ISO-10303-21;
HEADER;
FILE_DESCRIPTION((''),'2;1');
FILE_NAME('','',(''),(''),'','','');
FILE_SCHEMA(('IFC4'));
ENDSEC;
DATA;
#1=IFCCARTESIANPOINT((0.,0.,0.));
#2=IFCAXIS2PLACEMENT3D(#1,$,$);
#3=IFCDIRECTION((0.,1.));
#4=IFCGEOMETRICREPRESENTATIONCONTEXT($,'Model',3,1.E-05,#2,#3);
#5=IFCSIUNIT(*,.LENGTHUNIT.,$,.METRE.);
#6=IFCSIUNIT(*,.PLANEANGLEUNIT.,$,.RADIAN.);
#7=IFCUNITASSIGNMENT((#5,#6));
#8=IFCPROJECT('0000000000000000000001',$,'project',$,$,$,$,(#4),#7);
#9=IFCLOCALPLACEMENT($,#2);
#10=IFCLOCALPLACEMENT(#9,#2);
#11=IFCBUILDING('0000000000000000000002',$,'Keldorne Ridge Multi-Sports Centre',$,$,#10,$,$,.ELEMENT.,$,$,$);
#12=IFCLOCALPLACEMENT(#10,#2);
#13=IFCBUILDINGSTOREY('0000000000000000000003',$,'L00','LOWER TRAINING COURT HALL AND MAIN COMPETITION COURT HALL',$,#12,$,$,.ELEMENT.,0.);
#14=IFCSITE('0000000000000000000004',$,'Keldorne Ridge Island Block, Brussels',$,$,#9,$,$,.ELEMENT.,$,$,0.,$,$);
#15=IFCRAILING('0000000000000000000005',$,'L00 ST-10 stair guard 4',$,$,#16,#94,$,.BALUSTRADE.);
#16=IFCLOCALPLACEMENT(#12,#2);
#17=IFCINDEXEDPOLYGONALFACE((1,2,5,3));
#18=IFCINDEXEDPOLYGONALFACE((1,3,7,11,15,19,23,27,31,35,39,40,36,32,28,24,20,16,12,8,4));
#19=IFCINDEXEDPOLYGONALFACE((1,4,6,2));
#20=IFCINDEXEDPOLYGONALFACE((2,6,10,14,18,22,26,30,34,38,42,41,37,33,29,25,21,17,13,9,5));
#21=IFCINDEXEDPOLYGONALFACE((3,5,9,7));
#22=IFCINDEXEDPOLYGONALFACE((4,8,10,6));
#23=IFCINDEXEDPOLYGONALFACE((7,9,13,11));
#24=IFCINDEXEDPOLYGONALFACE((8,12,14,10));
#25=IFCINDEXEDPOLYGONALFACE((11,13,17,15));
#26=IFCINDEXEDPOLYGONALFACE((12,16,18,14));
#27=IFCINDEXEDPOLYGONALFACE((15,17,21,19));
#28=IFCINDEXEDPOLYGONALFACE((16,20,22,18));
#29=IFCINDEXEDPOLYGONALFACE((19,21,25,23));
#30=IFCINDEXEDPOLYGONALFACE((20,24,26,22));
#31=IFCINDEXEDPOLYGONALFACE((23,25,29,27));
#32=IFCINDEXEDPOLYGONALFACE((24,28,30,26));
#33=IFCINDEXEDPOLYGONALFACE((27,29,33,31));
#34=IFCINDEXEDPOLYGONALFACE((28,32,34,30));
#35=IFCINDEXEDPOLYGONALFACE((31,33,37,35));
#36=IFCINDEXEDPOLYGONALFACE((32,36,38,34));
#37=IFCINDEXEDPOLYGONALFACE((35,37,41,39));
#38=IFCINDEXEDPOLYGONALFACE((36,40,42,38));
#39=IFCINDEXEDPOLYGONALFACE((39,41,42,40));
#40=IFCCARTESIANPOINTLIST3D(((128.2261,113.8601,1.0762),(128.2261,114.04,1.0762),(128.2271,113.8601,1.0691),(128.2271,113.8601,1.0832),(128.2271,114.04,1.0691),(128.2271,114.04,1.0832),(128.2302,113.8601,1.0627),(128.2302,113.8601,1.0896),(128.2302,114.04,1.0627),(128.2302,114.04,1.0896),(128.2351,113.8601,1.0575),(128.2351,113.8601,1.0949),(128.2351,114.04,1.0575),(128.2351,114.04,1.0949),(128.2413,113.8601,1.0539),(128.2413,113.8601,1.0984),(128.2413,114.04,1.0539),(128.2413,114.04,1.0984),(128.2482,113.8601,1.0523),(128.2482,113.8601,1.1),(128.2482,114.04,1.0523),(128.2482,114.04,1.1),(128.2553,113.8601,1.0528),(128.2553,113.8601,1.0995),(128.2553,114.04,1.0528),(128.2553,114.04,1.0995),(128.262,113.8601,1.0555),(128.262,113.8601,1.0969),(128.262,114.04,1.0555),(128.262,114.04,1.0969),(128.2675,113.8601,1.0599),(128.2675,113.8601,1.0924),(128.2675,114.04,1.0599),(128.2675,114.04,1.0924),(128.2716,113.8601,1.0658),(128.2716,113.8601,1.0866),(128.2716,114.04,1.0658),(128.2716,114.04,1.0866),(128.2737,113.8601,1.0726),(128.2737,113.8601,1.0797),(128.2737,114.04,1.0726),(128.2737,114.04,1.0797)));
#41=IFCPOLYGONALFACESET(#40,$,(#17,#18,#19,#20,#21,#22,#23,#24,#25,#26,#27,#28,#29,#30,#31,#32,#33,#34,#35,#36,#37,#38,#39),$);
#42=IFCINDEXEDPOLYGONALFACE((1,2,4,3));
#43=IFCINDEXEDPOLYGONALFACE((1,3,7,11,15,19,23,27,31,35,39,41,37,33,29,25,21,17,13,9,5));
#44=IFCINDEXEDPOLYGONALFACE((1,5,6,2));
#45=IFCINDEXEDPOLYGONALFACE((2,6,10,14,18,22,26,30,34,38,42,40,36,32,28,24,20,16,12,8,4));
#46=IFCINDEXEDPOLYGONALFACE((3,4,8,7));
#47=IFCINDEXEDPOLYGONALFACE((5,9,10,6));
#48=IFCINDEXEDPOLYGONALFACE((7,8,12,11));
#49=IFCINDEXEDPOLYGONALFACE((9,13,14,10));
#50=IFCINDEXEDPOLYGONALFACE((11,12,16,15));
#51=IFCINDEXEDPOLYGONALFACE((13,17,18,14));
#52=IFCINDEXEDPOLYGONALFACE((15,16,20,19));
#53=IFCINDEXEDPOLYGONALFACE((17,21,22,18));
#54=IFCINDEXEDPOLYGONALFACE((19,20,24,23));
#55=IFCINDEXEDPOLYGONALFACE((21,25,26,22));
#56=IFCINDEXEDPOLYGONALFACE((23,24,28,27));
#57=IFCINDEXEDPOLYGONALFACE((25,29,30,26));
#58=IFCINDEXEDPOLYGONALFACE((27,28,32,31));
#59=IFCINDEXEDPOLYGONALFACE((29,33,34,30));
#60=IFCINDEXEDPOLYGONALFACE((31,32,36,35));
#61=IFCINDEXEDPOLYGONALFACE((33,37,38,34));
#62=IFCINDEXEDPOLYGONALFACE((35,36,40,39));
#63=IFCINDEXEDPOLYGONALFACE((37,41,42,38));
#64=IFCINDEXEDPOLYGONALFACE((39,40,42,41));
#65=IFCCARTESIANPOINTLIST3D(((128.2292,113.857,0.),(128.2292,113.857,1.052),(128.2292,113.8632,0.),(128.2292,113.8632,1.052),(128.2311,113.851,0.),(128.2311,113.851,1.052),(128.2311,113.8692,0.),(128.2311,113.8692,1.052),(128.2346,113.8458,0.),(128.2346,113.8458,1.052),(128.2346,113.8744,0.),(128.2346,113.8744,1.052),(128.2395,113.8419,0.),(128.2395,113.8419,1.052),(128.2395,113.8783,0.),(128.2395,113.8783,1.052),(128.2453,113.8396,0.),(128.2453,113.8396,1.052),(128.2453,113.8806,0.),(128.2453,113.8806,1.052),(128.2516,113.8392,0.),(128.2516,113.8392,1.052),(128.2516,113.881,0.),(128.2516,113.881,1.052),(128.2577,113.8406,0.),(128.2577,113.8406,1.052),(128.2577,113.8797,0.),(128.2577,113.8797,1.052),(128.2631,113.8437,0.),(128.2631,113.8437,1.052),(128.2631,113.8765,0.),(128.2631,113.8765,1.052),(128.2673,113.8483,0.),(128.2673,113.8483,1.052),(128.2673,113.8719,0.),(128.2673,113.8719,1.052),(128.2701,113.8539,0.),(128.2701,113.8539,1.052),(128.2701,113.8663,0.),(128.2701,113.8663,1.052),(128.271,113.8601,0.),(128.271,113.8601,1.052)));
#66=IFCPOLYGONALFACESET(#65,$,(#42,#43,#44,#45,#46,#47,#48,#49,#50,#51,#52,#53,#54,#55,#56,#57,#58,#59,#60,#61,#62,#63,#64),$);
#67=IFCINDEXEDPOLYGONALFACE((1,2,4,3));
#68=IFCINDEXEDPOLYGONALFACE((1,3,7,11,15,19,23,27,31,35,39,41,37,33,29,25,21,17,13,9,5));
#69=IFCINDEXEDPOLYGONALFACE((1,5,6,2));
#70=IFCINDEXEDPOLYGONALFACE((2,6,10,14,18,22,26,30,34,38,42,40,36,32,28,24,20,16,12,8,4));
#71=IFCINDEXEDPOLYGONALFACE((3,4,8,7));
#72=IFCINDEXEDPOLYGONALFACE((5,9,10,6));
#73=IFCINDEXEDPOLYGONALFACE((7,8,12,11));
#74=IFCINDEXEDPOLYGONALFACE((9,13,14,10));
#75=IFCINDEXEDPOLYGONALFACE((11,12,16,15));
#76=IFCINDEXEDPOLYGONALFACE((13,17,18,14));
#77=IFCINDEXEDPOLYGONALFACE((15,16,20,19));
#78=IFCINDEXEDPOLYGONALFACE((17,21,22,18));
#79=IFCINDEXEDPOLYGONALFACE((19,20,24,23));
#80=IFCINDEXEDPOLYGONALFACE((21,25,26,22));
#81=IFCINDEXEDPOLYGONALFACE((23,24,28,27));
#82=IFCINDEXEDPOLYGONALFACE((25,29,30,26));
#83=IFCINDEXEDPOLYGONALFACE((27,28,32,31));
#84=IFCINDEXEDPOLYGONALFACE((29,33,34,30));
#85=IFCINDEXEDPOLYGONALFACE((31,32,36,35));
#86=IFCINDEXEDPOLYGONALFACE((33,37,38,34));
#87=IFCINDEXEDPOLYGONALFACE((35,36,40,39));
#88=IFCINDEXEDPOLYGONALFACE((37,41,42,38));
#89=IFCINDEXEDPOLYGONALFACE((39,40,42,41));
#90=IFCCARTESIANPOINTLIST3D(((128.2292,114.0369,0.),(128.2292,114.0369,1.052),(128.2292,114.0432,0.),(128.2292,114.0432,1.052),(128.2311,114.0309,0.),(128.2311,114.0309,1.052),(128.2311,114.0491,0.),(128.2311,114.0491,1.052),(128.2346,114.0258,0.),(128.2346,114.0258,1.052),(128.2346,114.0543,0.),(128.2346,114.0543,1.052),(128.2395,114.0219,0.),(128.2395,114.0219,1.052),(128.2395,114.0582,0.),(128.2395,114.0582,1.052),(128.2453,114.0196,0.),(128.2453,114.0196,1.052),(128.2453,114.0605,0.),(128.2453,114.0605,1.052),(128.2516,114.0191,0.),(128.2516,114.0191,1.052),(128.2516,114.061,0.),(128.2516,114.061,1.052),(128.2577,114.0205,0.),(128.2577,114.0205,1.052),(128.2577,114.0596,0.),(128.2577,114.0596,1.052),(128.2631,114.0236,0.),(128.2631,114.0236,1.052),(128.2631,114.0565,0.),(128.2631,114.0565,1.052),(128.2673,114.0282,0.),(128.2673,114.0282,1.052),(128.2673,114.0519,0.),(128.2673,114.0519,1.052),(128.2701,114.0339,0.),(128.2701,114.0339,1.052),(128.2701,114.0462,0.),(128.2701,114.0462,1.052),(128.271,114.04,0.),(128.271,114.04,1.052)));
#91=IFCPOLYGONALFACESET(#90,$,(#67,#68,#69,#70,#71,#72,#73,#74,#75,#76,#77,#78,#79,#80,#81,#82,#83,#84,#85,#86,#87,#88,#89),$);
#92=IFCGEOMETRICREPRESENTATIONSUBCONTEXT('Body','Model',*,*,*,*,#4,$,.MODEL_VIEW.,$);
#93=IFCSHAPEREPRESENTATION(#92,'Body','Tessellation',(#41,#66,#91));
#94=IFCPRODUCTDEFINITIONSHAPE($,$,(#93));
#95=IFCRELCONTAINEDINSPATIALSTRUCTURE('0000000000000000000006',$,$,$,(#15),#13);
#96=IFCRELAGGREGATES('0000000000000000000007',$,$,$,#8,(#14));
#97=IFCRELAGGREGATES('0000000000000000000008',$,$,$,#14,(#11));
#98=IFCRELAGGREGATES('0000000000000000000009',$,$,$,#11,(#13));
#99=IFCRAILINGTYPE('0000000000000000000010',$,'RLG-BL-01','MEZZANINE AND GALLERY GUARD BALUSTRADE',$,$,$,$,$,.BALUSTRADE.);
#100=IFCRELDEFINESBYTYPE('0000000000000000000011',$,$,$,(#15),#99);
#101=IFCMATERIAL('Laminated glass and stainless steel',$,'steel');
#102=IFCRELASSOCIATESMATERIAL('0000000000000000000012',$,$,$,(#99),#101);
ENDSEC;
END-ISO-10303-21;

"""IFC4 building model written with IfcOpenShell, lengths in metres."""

from ifc_helpers import new_model, si_unit, direction, frame, origin, origin_2d, place, context, subcontext, project, spatial, circle, extrude, material, type_object, element, save


model = new_model("IFC4")

# Units and contexts
model_context = context("Model", 3, precision=1e-05, world=origin(), true_north=direction((0.0, 1.0)))
body_context = subcontext(model_context, "Body", "Model", "MODEL_VIEW")
ifc_project = project(units=[si_unit("LENGTHUNIT", "METRE"), si_unit("PLANEANGLEUNIT", "RADIAN")], contexts=[model_context])

# Site, building, storey
site_placement = place(None, origin())
site = spatial("IfcSite", under=ifc_project, at=site_placement, Name="Keldorne Ridge Island Block, Brussels", CompositionType="ELEMENT", RefElevation=0.0)
building_placement = place(site_placement, origin())
building = spatial("IfcBuilding", under=site, at=building_placement, Name="Keldorne Ridge Multi-Sports Centre", CompositionType="ELEMENT")
storey_placement = place(building_placement, origin())
storey = spatial("IfcBuildingStorey", under=building, at=storey_placement, Name="L00", Description="LOWER TRAINING COURT HALL AND MAIN COMPETITION COURT HALL", CompositionType="ELEMENT", Elevation=0.0)

# Railing
ifc_material_1 = material(Name="Laminated glass and stainless steel", Category="steel")
railing_type_1 = type_object("IfcRailingType", Name="RLG-BL-01", Description="MEZZANINE AND GALLERY GUARD BALUSTRADE", PredefinedType="BALUSTRADE", material=ifc_material_1)
railing_1_placement = place(storey_placement, frame((128.25, 113.8601, 0.0)))
element("IfcRailing", 1, at=railing_1_placement, inside=storey, type_object=railing_type_1, Name="L00 ST-10 stair guard 4", PredefinedType="BALUSTRADE", context=body_context, shape_type="SweptSolid", body=[
    extrude(circle(Radius=0.0239, at=origin_2d()), frame((0.0, 0.0, 1.0762), z_axis=(0.0, 1.0, 0.0), x_axis=(-1.0, 0.0, 0.0)), (0.0, 0.0, 1.0), 0.1799),
    extrude(circle(Radius=0.021, at=origin_2d()), origin(), (0.0, 0.0, 1.0), 1.052),
    extrude(circle(Radius=0.021, at=origin_2d()), frame((0.0, 0.1799, 0.0)), (0.0, 0.0, 1.0), 1.052),
])

save(model, "model.ifc")
